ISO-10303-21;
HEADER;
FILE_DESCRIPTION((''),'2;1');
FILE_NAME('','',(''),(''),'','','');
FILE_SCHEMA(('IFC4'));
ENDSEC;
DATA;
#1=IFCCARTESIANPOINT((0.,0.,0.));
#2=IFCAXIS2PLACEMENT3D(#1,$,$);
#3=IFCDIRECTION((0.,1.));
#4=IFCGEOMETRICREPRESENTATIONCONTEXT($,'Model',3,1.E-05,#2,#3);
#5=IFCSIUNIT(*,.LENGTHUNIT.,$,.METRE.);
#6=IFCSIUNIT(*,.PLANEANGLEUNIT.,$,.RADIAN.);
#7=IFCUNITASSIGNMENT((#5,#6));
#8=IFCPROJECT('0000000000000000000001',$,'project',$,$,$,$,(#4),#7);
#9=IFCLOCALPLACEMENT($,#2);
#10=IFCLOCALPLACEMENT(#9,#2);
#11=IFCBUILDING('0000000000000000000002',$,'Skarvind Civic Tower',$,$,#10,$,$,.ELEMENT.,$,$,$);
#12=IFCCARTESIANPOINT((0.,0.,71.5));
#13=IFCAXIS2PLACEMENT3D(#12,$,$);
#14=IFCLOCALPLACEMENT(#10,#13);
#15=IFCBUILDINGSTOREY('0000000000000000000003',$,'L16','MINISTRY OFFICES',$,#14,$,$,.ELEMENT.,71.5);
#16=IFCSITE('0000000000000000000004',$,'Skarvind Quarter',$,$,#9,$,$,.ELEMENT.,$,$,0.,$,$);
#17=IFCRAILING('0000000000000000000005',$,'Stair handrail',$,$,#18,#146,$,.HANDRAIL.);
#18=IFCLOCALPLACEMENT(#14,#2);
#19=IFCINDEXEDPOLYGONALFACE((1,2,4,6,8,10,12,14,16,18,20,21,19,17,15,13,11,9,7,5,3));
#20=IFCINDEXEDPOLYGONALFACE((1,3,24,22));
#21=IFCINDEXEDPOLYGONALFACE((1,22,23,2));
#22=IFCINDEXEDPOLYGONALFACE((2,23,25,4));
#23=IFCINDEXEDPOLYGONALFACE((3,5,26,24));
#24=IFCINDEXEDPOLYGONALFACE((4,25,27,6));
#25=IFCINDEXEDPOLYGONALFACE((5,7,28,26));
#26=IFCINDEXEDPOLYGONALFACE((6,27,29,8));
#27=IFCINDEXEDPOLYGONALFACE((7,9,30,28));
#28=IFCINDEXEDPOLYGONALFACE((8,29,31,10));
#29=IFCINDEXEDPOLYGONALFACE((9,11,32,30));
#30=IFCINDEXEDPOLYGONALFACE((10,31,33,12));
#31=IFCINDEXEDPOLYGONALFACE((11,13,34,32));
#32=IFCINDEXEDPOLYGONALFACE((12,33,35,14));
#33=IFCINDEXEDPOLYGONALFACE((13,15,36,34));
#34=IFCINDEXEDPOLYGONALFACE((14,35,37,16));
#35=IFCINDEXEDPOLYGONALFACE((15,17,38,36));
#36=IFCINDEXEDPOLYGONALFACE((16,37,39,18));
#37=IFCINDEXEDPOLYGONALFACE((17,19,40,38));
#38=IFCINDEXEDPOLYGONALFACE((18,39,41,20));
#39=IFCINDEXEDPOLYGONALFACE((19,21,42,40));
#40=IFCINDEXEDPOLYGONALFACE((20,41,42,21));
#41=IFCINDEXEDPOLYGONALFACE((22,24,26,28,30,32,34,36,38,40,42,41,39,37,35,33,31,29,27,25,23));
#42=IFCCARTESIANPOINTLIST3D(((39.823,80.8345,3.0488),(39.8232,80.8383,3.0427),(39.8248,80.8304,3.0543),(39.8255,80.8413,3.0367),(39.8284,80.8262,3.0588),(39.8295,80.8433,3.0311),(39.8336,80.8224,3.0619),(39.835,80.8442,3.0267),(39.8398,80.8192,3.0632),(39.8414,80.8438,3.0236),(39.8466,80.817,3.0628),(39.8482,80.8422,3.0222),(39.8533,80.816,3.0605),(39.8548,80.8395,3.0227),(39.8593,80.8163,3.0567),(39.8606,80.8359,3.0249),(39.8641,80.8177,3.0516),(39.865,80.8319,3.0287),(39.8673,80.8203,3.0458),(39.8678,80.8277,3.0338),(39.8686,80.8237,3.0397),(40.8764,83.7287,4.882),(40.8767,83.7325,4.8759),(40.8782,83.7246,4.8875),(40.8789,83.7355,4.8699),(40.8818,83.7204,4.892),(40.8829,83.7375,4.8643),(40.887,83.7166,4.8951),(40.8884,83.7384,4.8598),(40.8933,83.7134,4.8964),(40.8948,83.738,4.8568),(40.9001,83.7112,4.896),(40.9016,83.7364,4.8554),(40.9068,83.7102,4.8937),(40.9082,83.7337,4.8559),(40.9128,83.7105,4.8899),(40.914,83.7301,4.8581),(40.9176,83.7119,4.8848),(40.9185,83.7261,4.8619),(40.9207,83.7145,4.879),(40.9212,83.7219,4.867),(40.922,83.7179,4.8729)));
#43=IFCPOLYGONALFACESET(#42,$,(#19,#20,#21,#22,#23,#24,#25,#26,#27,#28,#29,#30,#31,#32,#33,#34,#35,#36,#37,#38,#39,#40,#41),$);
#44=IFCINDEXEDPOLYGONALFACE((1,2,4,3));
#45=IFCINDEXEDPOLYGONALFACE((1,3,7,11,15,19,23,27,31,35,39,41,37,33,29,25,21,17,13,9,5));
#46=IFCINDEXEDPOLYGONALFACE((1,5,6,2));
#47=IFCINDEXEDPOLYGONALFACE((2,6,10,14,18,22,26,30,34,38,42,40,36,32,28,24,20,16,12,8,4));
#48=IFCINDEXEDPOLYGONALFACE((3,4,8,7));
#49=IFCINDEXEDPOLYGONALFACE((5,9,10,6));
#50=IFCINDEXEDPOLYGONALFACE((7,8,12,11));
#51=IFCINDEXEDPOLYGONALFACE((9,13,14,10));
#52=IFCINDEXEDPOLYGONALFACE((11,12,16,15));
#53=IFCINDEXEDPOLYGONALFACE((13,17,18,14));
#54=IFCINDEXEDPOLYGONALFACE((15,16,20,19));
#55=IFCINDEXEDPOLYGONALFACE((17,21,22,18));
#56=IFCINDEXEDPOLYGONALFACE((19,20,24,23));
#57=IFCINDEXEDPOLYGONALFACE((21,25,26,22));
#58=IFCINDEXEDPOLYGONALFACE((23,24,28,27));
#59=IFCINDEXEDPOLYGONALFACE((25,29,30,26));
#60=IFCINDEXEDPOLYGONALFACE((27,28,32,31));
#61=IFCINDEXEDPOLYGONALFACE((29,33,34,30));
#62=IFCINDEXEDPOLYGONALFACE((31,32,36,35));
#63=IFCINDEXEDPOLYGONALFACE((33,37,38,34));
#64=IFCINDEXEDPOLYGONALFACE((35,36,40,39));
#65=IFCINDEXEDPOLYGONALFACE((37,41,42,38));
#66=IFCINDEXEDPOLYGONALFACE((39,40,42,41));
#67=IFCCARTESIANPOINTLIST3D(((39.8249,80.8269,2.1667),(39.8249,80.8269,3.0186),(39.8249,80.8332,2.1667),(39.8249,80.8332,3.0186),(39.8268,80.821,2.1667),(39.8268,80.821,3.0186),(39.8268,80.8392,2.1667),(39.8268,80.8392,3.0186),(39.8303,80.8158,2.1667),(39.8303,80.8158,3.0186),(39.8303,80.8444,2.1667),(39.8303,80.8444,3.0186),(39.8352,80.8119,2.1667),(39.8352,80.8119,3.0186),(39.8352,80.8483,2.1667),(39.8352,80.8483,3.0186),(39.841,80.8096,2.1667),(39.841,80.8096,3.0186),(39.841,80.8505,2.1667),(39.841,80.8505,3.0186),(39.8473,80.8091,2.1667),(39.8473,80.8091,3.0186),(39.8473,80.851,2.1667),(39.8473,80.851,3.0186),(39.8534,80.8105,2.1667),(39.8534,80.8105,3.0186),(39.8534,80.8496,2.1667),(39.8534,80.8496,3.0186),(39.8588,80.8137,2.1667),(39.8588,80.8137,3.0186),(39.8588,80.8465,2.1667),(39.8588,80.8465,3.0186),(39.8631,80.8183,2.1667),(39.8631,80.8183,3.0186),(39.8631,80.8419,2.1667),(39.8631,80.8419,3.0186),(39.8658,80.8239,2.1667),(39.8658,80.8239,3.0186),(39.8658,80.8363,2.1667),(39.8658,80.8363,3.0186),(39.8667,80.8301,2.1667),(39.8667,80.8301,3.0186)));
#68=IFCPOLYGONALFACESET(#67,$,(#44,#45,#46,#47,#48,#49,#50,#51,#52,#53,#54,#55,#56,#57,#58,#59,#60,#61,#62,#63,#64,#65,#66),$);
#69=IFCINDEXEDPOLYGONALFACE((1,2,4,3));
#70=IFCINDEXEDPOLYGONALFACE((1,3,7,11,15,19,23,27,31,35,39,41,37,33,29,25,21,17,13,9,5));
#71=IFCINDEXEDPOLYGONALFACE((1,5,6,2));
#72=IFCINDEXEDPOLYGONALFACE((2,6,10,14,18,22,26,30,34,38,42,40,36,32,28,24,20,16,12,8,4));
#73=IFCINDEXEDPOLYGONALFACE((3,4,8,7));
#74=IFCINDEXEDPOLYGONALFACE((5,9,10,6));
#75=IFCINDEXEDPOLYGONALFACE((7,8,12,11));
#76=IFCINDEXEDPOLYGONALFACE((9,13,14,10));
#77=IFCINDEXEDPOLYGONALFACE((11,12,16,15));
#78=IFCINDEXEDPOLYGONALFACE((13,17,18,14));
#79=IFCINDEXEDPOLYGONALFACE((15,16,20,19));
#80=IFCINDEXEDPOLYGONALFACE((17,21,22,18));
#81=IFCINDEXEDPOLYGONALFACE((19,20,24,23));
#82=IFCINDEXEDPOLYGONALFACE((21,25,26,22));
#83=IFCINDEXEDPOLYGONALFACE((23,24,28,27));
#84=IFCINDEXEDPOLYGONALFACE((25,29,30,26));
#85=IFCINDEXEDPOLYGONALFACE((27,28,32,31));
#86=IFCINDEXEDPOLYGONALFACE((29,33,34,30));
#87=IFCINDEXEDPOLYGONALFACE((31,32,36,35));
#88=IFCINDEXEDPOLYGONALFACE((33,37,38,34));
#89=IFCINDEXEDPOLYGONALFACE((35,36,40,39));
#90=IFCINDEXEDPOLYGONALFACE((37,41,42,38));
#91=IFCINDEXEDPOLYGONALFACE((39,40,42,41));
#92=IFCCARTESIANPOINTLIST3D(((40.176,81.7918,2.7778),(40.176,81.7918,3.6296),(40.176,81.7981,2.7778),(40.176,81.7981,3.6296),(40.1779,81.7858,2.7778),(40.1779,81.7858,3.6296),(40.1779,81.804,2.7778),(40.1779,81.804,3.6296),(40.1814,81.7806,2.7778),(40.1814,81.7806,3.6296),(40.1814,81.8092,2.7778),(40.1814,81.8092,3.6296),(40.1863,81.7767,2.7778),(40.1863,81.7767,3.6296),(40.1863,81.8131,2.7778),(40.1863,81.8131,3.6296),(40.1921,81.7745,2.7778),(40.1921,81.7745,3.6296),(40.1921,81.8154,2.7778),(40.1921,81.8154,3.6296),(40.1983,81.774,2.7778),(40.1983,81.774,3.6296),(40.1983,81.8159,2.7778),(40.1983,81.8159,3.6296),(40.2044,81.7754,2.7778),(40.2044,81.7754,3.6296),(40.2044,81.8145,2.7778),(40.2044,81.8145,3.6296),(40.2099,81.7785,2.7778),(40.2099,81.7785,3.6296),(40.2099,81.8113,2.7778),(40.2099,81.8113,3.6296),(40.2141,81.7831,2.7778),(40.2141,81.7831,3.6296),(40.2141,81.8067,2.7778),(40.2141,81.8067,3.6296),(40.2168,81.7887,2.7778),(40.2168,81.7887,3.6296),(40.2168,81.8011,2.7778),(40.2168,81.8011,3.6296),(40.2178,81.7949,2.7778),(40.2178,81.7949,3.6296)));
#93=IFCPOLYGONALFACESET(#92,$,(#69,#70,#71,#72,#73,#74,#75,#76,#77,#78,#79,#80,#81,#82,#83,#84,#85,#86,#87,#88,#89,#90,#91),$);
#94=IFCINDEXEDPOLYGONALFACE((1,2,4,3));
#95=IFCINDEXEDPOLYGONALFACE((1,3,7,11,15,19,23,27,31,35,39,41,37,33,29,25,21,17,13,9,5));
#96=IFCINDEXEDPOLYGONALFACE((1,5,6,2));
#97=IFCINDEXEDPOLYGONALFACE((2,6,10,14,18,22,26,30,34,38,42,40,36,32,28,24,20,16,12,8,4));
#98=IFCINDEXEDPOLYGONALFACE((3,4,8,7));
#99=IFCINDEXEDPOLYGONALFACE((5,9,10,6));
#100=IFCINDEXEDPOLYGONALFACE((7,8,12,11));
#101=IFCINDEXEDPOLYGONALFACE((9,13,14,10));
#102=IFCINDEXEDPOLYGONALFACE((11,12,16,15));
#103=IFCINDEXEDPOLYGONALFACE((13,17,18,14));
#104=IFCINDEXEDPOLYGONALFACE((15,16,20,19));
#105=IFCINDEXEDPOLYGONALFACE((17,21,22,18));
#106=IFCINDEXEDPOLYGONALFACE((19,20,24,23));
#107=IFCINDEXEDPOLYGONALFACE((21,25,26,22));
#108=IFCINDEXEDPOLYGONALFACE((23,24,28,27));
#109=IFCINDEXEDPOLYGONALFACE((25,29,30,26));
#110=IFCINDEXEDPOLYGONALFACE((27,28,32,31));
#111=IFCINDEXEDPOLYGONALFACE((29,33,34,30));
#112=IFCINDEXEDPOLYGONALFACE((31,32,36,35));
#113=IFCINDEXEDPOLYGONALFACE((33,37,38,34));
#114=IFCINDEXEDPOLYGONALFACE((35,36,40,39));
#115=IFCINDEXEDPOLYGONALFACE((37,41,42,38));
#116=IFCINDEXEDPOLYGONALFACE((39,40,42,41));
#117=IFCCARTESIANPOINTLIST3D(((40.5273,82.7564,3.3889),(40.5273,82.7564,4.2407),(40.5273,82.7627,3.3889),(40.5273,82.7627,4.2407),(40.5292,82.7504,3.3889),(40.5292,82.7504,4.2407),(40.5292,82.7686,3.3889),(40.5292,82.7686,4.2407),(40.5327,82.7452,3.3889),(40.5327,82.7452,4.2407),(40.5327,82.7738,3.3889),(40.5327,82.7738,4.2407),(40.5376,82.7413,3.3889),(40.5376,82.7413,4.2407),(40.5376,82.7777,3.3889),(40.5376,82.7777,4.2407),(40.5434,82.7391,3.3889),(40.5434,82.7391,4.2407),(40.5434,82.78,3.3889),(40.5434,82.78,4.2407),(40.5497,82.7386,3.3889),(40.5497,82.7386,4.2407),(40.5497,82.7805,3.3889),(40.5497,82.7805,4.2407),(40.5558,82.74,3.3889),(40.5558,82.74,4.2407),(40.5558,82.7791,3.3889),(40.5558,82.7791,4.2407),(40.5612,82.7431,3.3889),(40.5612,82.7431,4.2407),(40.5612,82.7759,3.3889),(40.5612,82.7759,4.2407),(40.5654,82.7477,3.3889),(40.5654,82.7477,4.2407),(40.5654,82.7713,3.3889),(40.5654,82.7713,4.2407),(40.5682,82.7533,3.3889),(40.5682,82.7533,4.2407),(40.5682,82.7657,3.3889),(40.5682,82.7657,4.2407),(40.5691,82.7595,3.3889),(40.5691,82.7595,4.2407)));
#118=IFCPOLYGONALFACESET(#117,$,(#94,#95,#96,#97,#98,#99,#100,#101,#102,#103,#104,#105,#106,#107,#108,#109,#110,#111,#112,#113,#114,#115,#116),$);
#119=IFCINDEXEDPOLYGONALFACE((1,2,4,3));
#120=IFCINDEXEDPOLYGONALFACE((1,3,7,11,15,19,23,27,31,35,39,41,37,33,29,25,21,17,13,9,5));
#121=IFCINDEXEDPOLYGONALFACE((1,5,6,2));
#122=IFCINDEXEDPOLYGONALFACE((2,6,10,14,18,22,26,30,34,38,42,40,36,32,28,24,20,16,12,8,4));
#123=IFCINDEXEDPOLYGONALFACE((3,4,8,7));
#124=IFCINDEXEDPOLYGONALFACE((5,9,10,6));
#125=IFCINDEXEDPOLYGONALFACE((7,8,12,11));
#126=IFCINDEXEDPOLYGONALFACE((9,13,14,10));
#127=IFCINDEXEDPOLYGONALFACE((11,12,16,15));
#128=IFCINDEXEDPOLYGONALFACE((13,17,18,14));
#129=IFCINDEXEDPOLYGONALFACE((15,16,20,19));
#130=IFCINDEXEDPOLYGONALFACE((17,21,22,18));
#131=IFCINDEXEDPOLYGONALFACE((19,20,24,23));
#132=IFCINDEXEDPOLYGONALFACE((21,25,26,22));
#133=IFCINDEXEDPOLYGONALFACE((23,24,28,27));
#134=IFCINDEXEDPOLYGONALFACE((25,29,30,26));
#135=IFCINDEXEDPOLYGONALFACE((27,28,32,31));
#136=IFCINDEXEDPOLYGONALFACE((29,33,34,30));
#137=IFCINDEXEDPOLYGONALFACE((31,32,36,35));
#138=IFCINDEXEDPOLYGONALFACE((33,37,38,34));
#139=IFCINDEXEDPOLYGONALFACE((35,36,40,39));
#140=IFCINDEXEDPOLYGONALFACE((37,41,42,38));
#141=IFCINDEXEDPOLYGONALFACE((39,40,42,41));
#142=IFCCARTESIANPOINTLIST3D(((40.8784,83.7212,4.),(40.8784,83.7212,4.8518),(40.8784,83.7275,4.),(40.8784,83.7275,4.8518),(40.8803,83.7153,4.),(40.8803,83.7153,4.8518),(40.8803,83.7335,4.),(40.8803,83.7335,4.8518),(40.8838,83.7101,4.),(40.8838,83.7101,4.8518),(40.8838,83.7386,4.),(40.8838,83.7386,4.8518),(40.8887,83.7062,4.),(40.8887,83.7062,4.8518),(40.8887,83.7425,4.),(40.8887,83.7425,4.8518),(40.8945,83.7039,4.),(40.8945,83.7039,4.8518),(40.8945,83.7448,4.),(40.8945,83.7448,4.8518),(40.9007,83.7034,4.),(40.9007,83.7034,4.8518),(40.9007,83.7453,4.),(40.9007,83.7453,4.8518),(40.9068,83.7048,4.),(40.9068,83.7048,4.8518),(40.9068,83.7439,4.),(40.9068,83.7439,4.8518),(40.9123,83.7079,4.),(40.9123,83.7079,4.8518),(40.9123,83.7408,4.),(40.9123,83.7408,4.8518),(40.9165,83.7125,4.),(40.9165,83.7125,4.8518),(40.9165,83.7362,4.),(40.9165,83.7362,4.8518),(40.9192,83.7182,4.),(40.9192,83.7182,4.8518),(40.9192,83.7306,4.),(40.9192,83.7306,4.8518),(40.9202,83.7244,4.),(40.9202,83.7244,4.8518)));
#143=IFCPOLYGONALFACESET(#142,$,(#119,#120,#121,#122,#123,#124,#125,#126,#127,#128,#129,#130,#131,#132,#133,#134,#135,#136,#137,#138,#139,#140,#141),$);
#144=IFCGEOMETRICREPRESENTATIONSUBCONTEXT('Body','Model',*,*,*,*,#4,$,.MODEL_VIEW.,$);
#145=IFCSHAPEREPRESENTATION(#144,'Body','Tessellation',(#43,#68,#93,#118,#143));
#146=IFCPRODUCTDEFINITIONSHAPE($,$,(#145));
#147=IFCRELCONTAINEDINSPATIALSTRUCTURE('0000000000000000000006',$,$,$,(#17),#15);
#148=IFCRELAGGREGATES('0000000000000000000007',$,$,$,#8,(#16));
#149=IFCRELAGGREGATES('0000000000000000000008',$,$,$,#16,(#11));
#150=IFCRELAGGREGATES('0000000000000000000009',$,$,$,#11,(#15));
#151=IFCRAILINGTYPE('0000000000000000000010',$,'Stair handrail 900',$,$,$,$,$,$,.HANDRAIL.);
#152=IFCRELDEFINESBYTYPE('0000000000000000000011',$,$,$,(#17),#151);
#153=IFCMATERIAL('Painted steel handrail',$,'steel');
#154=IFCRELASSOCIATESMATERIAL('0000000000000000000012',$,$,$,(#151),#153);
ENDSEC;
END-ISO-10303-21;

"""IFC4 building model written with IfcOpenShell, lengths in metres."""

from ifc_helpers import new_model, si_unit, direction, frame, origin, origin_2d, place, context, subcontext, project, spatial, circle, extrude, material, type_object, element, save


model = new_model("IFC4")

# Units and contexts
model_context = context("Model", 3, precision=1e-05, world=origin(), true_north=direction((0.0, 1.0)))
body_context = subcontext(model_context, "Body", "Model", "MODEL_VIEW")
ifc_project = project(units=[si_unit("LENGTHUNIT", "METRE"), si_unit("PLANEANGLEUNIT", "RADIAN")], contexts=[model_context])

# Site, building, storey
site_placement = place(None, origin())
site = spatial("IfcSite", under=ifc_project, at=site_placement, Name="Skarvind Quarter", CompositionType="ELEMENT", RefElevation=0.0)
building_placement = place(site_placement, origin())
building = spatial("IfcBuilding", under=site, at=building_placement, Name="Skarvind Civic Tower", CompositionType="ELEMENT")
storey_placement = place(building_placement, frame((0.0, 0.0, 71.5)))
storey = spatial("IfcBuildingStorey", under=building, at=storey_placement, Name="L16", Description="MINISTRY OFFICES", CompositionType="ELEMENT", Elevation=71.5)

# Railing
ifc_material_1 = material(Name="Painted steel handrail", Category="steel")
railing_type = type_object("IfcRailingType", Name="Stair handrail 900", PredefinedType="HANDRAIL", material=ifc_material_1)
railing_1_placement = place(storey_placement, frame((39.8457, 80.8301, 2.1667)))
element("IfcRailing", 1, at=railing_1_placement, inside=storey, type_object=railing_type, Name="Stair handrail", PredefinedType="HANDRAIL", context=body_context, shape_type="SweptSolid", body=[
    extrude(circle(Radius=0.0239, at=origin_2d()), frame((0.0, 0.0, 0.876), z_axis=(0.293908, 0.807481, 0.511461), x_axis=(-0.939689, 0.342029, 0.0)), (0.0, 0.0, 1.0), 3.5842),
    extrude(circle(Radius=0.021, at=origin_2d()), origin(), (0.0, 0.0, 1.0), 0.8518),
    extrude(circle(Radius=0.021, at=origin_2d()), frame((0.3511, 0.9648, 0.6111)), (0.0, 0.0, 1.0), 0.8518),
    extrude(circle(Radius=0.021, at=origin_2d()), frame((0.7024, 1.9294, 1.2222)), (0.0, 0.0, 1.0), 0.8518),
    extrude(circle(Radius=0.021, at=origin_2d()), frame((1.0535, 2.8943, 1.8333)), (0.0, 0.0, 1.0), 0.8518),
])

save(model, "model.ifc")
